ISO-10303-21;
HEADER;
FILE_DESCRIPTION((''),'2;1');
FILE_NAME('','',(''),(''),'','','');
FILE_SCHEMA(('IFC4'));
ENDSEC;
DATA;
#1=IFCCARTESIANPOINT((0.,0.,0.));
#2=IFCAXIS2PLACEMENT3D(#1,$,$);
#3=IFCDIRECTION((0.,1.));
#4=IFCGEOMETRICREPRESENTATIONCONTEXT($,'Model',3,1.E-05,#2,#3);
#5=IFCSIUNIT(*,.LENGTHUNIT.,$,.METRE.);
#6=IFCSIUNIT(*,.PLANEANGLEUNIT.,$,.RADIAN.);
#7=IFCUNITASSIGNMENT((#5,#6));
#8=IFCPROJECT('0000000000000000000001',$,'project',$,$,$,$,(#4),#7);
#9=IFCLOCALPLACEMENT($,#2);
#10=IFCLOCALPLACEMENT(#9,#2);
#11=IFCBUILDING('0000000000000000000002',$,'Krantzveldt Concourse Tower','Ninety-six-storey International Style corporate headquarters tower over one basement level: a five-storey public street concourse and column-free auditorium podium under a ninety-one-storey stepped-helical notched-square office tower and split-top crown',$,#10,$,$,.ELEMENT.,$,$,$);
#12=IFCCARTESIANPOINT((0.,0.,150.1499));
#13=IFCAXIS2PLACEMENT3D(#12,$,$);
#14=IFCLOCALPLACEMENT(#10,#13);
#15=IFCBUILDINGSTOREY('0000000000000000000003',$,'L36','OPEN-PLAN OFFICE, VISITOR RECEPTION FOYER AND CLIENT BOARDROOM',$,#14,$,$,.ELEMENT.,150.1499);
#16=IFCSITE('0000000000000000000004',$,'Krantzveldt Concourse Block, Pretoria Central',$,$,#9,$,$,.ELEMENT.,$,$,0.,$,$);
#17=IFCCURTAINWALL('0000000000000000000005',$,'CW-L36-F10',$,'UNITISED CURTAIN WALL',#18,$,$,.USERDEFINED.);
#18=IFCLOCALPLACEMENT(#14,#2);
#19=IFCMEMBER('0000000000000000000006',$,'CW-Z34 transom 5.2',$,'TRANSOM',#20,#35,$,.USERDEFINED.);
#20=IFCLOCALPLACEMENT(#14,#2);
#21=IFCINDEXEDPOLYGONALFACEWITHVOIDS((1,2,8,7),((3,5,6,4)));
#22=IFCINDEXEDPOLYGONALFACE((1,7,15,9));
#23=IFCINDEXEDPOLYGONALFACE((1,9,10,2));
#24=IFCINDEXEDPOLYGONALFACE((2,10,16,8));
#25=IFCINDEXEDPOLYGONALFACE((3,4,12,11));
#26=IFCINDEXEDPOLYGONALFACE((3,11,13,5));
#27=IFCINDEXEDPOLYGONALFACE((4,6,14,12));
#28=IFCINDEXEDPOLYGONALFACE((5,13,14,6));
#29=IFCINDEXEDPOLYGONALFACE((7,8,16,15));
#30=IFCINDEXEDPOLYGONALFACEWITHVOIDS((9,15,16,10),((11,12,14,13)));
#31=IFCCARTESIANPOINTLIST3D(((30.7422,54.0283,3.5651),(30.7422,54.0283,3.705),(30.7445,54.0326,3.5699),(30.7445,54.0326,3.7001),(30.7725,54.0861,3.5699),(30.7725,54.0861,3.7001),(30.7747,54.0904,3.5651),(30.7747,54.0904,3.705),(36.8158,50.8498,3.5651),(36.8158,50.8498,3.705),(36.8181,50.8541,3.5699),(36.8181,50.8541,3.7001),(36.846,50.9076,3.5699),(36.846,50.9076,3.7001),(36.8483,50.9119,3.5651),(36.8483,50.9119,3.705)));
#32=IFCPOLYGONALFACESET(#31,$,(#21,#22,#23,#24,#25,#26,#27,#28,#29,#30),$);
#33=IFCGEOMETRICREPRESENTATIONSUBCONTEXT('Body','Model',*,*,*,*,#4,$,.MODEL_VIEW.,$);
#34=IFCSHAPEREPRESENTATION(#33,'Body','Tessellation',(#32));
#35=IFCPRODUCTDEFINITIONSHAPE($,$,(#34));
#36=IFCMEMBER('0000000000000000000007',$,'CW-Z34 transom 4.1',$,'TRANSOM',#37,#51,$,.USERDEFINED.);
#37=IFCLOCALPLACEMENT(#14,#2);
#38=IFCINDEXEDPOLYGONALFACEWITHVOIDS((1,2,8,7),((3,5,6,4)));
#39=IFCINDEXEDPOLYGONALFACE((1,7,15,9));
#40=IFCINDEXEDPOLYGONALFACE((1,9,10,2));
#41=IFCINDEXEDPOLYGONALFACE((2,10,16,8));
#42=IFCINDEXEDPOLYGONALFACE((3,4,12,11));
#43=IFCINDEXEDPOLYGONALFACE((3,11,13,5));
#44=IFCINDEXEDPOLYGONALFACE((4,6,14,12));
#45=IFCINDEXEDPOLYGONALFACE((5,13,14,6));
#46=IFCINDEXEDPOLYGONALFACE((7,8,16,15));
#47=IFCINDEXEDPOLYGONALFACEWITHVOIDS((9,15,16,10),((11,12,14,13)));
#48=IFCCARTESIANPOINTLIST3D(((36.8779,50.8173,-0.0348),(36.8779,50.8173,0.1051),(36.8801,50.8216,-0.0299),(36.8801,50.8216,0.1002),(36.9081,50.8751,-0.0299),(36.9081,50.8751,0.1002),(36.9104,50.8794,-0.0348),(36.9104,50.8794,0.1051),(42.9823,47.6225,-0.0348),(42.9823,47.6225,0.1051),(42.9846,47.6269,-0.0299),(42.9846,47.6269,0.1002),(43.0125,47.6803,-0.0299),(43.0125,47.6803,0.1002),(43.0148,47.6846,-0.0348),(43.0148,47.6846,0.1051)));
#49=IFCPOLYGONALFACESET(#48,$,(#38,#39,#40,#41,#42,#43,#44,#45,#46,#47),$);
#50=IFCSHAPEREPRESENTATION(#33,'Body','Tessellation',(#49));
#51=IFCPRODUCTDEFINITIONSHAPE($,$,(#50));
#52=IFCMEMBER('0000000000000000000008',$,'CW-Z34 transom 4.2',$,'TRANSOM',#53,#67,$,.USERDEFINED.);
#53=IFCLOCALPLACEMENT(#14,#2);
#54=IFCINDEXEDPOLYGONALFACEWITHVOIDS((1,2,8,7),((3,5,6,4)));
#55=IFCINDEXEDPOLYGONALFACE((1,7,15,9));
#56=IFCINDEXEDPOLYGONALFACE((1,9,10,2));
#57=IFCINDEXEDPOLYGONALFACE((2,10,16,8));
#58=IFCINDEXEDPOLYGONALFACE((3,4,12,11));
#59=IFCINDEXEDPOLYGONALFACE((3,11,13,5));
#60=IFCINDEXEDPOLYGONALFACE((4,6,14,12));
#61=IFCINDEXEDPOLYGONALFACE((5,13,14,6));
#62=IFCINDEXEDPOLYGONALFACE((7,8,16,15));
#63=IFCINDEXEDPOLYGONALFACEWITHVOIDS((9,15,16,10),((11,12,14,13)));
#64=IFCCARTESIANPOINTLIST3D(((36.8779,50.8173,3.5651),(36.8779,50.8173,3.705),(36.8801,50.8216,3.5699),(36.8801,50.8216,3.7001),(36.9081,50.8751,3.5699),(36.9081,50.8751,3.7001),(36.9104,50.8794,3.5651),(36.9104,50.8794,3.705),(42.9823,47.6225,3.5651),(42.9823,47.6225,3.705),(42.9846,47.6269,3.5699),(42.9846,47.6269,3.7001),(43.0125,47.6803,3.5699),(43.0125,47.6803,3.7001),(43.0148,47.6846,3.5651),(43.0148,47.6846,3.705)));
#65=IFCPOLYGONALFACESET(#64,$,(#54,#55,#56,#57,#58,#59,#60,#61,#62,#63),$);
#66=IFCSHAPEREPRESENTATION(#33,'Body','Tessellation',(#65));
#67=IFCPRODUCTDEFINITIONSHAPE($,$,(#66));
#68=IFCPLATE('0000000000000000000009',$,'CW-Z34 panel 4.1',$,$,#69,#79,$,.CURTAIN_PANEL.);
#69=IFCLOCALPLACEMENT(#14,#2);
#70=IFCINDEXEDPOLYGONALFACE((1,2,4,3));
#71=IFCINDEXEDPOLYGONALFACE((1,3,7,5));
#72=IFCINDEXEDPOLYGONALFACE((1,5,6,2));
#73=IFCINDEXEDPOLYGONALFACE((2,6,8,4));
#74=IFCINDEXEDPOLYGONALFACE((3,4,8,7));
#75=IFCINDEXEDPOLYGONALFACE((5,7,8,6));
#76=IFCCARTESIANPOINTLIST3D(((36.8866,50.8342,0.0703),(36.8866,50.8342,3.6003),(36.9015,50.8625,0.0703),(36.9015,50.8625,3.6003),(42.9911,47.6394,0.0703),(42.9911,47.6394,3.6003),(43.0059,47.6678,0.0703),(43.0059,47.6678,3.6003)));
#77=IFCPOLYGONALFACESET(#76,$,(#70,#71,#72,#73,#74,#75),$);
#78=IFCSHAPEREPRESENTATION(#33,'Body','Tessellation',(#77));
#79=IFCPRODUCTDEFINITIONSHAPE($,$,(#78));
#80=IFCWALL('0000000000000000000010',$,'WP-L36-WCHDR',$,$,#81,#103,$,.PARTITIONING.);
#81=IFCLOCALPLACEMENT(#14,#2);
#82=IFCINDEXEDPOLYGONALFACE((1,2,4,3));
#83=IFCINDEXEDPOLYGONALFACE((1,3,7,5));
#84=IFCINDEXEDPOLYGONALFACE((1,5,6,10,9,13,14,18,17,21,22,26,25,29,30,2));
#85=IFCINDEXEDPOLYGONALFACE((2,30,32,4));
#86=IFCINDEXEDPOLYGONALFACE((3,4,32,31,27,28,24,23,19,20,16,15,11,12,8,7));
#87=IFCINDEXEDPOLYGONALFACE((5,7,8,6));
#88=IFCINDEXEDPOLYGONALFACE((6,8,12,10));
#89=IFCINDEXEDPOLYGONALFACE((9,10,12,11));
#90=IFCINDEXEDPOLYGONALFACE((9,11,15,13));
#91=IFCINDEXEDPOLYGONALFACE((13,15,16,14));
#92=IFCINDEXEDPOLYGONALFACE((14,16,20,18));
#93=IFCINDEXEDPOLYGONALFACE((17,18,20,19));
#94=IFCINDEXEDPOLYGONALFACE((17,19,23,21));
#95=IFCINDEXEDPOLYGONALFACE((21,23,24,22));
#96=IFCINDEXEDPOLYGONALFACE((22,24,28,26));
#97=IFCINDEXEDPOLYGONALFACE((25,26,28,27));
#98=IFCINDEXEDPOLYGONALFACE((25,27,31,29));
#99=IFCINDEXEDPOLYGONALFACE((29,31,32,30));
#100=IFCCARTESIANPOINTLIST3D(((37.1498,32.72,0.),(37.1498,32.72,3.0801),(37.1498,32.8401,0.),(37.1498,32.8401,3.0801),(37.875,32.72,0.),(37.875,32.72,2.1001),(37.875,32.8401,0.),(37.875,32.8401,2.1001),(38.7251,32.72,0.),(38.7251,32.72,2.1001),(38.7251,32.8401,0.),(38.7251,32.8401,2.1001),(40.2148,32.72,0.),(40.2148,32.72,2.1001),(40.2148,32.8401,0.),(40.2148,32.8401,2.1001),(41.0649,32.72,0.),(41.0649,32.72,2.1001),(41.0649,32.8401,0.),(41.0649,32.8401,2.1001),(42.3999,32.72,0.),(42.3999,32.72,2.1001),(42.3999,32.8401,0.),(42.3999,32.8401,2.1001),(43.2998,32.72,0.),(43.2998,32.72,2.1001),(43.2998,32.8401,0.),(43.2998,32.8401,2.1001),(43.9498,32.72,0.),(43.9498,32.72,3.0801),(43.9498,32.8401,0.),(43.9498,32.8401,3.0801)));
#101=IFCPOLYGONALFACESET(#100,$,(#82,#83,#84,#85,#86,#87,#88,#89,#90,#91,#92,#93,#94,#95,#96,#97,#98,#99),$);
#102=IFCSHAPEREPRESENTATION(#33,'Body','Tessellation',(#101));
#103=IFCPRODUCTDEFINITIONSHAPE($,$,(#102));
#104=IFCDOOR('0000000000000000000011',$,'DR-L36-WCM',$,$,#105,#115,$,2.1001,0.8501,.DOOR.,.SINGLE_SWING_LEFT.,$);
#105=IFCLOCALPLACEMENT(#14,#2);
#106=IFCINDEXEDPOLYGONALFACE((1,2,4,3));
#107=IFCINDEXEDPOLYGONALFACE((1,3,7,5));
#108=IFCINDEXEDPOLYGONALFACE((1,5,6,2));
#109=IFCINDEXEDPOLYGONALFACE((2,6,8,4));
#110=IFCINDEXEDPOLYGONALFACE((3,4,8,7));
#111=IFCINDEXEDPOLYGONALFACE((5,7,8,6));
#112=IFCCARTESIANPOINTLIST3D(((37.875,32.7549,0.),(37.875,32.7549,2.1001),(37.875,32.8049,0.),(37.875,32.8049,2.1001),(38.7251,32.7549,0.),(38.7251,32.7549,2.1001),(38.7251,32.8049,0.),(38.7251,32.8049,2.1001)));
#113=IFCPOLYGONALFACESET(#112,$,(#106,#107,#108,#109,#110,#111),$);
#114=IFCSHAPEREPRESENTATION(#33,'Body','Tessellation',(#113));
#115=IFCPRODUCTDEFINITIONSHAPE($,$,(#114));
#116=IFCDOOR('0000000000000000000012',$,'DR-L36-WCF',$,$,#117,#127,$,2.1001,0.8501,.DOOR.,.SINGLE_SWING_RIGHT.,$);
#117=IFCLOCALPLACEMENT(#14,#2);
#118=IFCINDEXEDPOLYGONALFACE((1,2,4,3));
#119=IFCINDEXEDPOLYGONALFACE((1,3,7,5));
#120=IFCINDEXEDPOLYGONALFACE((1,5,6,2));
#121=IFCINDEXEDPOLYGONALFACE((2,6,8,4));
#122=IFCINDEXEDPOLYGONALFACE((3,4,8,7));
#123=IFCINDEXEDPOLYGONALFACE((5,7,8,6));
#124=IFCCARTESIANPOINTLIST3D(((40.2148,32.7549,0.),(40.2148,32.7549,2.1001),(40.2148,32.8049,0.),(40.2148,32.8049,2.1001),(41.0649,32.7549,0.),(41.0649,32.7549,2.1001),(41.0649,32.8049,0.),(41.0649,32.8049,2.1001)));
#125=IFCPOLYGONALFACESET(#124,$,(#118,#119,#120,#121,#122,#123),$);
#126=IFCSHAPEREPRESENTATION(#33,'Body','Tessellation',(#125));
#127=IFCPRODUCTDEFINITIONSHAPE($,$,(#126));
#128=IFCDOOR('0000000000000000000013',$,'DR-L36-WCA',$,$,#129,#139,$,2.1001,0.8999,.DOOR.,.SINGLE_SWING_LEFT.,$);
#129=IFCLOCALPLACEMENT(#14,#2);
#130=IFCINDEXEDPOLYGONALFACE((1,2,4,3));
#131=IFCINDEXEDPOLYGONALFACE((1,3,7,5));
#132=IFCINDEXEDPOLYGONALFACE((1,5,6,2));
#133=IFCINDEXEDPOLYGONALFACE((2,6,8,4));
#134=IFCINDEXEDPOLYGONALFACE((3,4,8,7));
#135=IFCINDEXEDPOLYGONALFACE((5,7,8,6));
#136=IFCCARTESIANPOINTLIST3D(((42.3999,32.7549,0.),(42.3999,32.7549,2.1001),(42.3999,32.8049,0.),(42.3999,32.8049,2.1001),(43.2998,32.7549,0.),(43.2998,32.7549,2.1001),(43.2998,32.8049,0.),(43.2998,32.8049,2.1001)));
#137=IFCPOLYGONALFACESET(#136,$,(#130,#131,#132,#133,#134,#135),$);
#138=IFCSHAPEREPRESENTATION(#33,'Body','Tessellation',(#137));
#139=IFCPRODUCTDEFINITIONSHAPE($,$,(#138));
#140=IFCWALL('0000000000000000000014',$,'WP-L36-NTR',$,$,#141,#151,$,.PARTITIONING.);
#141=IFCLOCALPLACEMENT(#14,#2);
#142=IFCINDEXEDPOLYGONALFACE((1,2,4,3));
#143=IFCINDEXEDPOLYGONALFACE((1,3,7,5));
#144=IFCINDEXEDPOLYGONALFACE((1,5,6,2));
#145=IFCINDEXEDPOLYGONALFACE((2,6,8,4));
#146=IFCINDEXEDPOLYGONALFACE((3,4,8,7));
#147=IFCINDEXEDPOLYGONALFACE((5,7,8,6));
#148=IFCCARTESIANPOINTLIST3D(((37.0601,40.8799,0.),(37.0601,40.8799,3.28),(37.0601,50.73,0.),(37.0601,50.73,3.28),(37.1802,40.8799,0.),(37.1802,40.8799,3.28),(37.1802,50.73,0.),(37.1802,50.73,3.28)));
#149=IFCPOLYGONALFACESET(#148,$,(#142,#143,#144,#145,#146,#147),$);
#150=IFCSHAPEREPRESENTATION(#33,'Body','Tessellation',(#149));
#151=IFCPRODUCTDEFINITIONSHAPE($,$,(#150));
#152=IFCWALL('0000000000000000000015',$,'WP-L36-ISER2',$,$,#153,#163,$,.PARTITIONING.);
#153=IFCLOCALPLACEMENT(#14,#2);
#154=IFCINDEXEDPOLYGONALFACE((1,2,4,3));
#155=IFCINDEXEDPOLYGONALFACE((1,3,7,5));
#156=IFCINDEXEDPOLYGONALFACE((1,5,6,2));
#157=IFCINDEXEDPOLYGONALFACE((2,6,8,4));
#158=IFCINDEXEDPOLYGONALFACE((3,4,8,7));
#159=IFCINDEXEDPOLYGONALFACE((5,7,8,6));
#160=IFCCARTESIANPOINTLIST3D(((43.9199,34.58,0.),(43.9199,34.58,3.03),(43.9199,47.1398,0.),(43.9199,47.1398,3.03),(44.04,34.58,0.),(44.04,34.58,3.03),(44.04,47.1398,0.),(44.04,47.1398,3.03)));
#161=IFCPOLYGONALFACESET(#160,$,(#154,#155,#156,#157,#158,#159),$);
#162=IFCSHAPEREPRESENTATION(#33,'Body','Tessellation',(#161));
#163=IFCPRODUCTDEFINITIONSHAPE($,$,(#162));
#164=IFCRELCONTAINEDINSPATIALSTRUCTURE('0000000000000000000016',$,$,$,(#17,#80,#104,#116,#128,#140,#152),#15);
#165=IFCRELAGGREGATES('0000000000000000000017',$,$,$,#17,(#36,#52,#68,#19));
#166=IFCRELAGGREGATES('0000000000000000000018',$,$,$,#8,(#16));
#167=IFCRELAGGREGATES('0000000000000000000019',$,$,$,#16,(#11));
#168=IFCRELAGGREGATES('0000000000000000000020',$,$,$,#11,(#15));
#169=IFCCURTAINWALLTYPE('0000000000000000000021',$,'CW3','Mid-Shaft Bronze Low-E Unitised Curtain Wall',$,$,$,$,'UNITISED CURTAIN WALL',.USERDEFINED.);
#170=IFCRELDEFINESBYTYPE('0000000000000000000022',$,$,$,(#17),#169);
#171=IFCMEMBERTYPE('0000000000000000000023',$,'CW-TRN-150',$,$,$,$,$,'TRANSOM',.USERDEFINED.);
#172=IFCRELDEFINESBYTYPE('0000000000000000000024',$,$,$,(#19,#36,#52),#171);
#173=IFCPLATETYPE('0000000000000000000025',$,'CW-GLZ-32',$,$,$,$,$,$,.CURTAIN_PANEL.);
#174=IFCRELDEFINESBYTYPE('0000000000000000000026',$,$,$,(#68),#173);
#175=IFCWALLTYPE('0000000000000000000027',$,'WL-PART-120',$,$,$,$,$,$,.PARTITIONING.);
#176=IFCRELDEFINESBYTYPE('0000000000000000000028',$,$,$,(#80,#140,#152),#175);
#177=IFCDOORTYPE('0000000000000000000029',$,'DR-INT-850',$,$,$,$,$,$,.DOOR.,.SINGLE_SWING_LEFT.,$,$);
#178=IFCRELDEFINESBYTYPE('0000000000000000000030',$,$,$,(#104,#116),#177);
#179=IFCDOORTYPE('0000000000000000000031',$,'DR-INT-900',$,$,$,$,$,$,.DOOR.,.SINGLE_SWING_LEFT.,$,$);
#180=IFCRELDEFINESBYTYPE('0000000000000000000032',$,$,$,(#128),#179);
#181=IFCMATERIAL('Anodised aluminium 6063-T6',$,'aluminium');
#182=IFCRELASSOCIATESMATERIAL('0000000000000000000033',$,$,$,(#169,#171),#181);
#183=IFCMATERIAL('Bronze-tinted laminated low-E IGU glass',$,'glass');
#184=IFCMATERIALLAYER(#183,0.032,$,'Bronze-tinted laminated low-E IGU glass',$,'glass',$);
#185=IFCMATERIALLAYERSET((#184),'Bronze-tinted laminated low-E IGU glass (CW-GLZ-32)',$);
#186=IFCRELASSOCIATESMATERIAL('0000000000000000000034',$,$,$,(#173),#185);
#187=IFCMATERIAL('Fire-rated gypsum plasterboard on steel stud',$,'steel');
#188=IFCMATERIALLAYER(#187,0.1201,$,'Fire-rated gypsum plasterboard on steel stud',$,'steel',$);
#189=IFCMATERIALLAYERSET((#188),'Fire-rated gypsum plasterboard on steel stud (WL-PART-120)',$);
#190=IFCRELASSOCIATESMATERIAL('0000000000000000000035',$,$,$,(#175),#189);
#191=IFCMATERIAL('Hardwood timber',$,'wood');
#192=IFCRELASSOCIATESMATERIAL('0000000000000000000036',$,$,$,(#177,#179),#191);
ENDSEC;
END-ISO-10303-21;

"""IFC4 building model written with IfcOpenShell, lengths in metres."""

from ifc_helpers import new_model, si_unit, direction, frame, frame_2d, origin, origin_2d, place, context, subcontext, project, spatial, rectangle, hollow_rectangle, extrude, source, transform, mapped, material, layer, layer_set, material_profile, profile_set, type_object, type_shapes, element, fill, aggregate, save


model = new_model("IFC4")

# Units and contexts
model_context = context("Model", 3, precision=1e-05, world=origin(), true_north=direction((0.0, 1.0)))
body_context = subcontext(model_context, "Body", "Model", "MODEL_VIEW")
ifc_project = project(units=[si_unit("LENGTHUNIT", "METRE"), si_unit("PLANEANGLEUNIT", "RADIAN")], contexts=[model_context])

# Site, building, storey
site_placement = place(None, origin())
site = spatial("IfcSite", under=ifc_project, at=site_placement, Name="Krantzveldt Concourse Block, Pretoria Central", CompositionType="ELEMENT", RefElevation=0.0)
building_placement = place(site_placement, origin())
building = spatial("IfcBuilding", under=site, at=building_placement, Name="Krantzveldt Concourse Tower", Description="Ninety-six-storey International Style corporate headquarters tower over one basement level: a five-storey public street concourse and column-free auditorium podium under a ninety-one-storey stepped-helical notched-square office tower and split-top crown", CompositionType="ELEMENT")
storey_placement = place(building_placement, frame((0.0, 0.0, 150.1499)))
storey = spatial("IfcBuildingStorey", under=building, at=storey_placement, Name="L36", Description="OPEN-PLAN OFFICE, VISITOR RECEPTION FOYER AND CLIENT BOARDROOM", CompositionType="ELEMENT", Elevation=150.1499)

# Curtain wall, members, plate
ifc_material_1 = material(Name="Anodised aluminium 6063-T6", Category="aluminium")
curtain_wall_type = type_object("IfcCurtainWallType", Name="CW3", Description="Mid-Shaft Bronze Low-E Unitised Curtain Wall", ElementType="UNITISED CURTAIN WALL", PredefinedType="USERDEFINED", material=ifc_material_1)
curtain_wall_placement = place(storey_placement, origin())
curtain_wall = element("IfcCurtainWall", 1, at=curtain_wall_placement, inside=storey, type_object=curtain_wall_type, Name="CW-L36-F10", ObjectType="UNITISED CURTAIN WALL", PredefinedType="USERDEFINED")
ifc_material_profile_1 = material_profile(ifc_material_1, hollow_rectangle(XDim=0.0701, YDim=0.1399, WallThickness=0.0049, at=origin_2d()), Name="Anodised aluminium 6063-T6", Category="aluminium")
ifc_profile_set_1 = profile_set([ifc_material_profile_1], Name="Anodised aluminium 6063-T6 - ALU-TRAN 140x70x5")
member_type_1 = type_object("IfcMemberType", Name="CW-TRN-150", ElementType="TRANSOM", PredefinedType="USERDEFINED", material=ifc_profile_set_1)
shared_shape_1 = source(origin(), body_context, "Body", "SweptSolid", [
    extrude(hollow_rectangle(XDim=0.0701, YDim=0.1399, WallThickness=0.0049, at=origin_2d()), origin(), (0.0, 0.0, 1.0), 6.855),
])
member_1_placement = place(storey_placement, frame((36.832, 50.8809, 3.635), z_axis=(-0.886004, 0.463677, 0.0), x_axis=(-0.463677, -0.886004, 0.0)))
member_1 = element("IfcMember", 2, at=member_1_placement, type_object=member_type_1, Name="CW-Z34 transom 5.2", ObjectType="TRANSOM", PredefinedType="USERDEFINED", context=body_context, shape_type="MappedRepresentation", body=[
    mapped(shared_shape_1, transform((0.0, 0.0, 0.0), x_axis=(1.0, 0.0, 0.0), y_axis=(0.0, 1.0, 0.0), z_axis=(0.0, 0.0, 1.0), scale=1.0)),
])
shared_shape_2 = source(origin(), body_context, "Body", "SweptSolid", [
    extrude(hollow_rectangle(XDim=0.0701, YDim=0.1399, WallThickness=0.0049, at=origin_2d()), origin(), (0.0, 0.0, 1.0), 6.8899),
])
type_shapes(member_type_1, [shared_shape_1, shared_shape_2])
member_2_placement = place(storey_placement, frame((42.9985, 47.6536, 0.0352), z_axis=(-0.885997, 0.463692, 0.0), x_axis=(-0.463692, -0.885997, 0.0)))
member_2 = element("IfcMember", 3, at=member_2_placement, type_object=member_type_1, Name="CW-Z34 transom 4.1", ObjectType="TRANSOM", PredefinedType="USERDEFINED", context=body_context, shape_type="MappedRepresentation", body=[
    mapped(shared_shape_2, transform((0.0, 0.0, 0.0), x_axis=(1.0, 0.0, 0.0), y_axis=(0.0, 1.0, 0.0), z_axis=(0.0, 0.0, 1.0), scale=1.0)),
])
member_3_placement = place(storey_placement, frame((42.9985, 47.6536, 3.635), z_axis=(-0.885997, 0.463692, 0.0), x_axis=(-0.463692, -0.885997, 0.0)))
member_3 = element("IfcMember", 4, at=member_3_placement, type_object=member_type_1, Name="CW-Z34 transom 4.2", ObjectType="TRANSOM", PredefinedType="USERDEFINED", context=body_context, shape_type="MappedRepresentation", body=[
    mapped(shared_shape_2, transform((0.0, 0.0, 0.0), x_axis=(1.0, 0.0, 0.0), y_axis=(0.0, 1.0, 0.0), z_axis=(0.0, 0.0, 1.0), scale=1.0)),
])
ifc_material_2 = material(Name="Bronze-tinted laminated low-E IGU glass", Category="glass")
ifc_layer_1 = layer(ifc_material_2, 0.032, Name="Bronze-tinted laminated low-E IGU glass", Category="glass")
ifc_layer_set_1 = layer_set([ifc_layer_1], Name="Bronze-tinted laminated low-E IGU glass (CW-GLZ-32)")
plate_type = type_object("IfcPlateType", Name="CW-GLZ-32", PredefinedType="CURTAIN_PANEL", material=ifc_layer_set_1)
shared_shape_3 = source(origin(), body_context, "Body", "SweptSolid", [
    extrude(rectangle(XDim=6.8899, YDim=0.032, at=origin_2d()), origin(), (0.0, 0.0, 1.0), 3.53),
])
type_shapes(plate_type, [shared_shape_3])
plate_placement = place(storey_placement, frame((39.9463, 49.251, 0.0703), z_axis=(0.0, 0.0, 1.0), x_axis=(-0.886001, 0.463683, 0.0)))
plate = element("IfcPlate", 5, at=plate_placement, type_object=plate_type, Name="CW-Z34 panel 4.1", PredefinedType="CURTAIN_PANEL", context=body_context, shape_type="MappedRepresentation", body=[
    mapped(shared_shape_3, transform((0.0, 0.0, 0.0), x_axis=(1.0, 0.0, 0.0), y_axis=(0.0, 1.0, 0.0), z_axis=(0.0, 0.0, 1.0), scale=1.0)),
])
aggregate(curtain_wall, [member_2, member_3, plate, member_1])

# Wall, openings, doors
ifc_material_3 = material(Name="Fire-rated gypsum plasterboard on steel stud", Category="steel")
ifc_layer_2 = layer(ifc_material_3, 0.1201, Name="Fire-rated gypsum plasterboard on steel stud", Category="steel")
ifc_layer_set_2 = layer_set([ifc_layer_2], Name="Fire-rated gypsum plasterboard on steel stud (WL-PART-120)")
wall_type_1 = type_object("IfcWallType", Name="WL-PART-120", PredefinedType="PARTITIONING", material=ifc_layer_set_2)
wall_1_placement = place(storey_placement, frame((37.1499, 32.78, 0.0), z_axis=(0.0, 0.0, 1.0), x_axis=(1.0, 0.0, 0.0)))
wall_1 = element("IfcWall", 6, at=wall_1_placement, inside=storey, type_object=wall_type_1, Name="WP-L36-WCHDR", PredefinedType="PARTITIONING", context=body_context, shape_type="SweptSolid", body=[
    extrude(rectangle(XDim=6.8, YDim=0.1201, at=frame_2d((3.3999, 0.0))), origin(), (0.0, 0.0, 1.0), 3.0801),
])
opening_1_placement = place(wall_1_placement, frame((0.7251, 0.0, 0.0)))
opening_1 = element("IfcOpeningElement", 7, at=opening_1_placement, cuts=wall_1, PredefinedType="OPENING", context=body_context, shape_type="SweptSolid", body=[
    extrude(rectangle(XDim=0.8501, YDim=2.1001, at=frame_2d((0.425, 1.05))), frame((0.0, 0.0701, 0.0), z_axis=(0.0, -1.0, 0.0), x_axis=(1.0, 0.0, 0.0)), (0.0, 0.0, 1.0), 0.1401),
])
opening_2_placement = place(wall_1_placement, frame((3.0649, 0.0, 0.0)))
opening_2 = element("IfcOpeningElement", 8, at=opening_2_placement, cuts=wall_1, PredefinedType="OPENING", context=body_context, shape_type="SweptSolid", body=[
    extrude(rectangle(XDim=0.8501, YDim=2.1001, at=frame_2d((0.425, 1.05))), frame((0.0, 0.0701, 0.0), z_axis=(0.0, -1.0, 0.0), x_axis=(1.0, 0.0, 0.0)), (0.0, 0.0, 1.0), 0.1401),
])
opening_3_placement = place(wall_1_placement, frame((5.25, 0.0, 0.0)))
opening_3 = element("IfcOpeningElement", 9, at=opening_3_placement, cuts=wall_1, PredefinedType="OPENING", context=body_context, shape_type="SweptSolid", body=[
    extrude(rectangle(XDim=0.8999, YDim=2.1001, at=frame_2d((0.45, 1.05))), frame((0.0, 0.0701, 0.0), z_axis=(0.0, -1.0, 0.0), x_axis=(1.0, 0.0, 0.0)), (0.0, 0.0, 1.0), 0.1401),
])
ifc_material_4 = material(Name="Hardwood timber", Category="wood")
door_type_1 = type_object("IfcDoorType", Name="DR-INT-850", OperationType="SINGLE_SWING_LEFT", PredefinedType="DOOR", material=ifc_material_4)
door_1_placement = place(opening_1_placement, origin())
door_1 = element("IfcDoor", 10, at=door_1_placement, inside=storey, type_object=door_type_1, Name="DR-L36-WCM", OperationType="SINGLE_SWING_LEFT", OverallHeight=2.1001, OverallWidth=0.8501, PredefinedType="DOOR", context=body_context, shape_type="SweptSolid", body=[
    extrude(rectangle(XDim=0.8501, YDim=2.1001, at=frame_2d((0.425, 1.05))), frame((0.0, 0.0249, 0.0), z_axis=(0.0, -1.0, 0.0), x_axis=(1.0, 0.0, 0.0)), (0.0, 0.0, 1.0), 0.05),
])
fill(opening_1, door_1)
door_2_placement = place(opening_2_placement, origin())
door_2 = element("IfcDoor", 11, at=door_2_placement, inside=storey, type_object=door_type_1, Name="DR-L36-WCF", OperationType="SINGLE_SWING_RIGHT", OverallHeight=2.1001, OverallWidth=0.8501, PredefinedType="DOOR", context=body_context, shape_type="SweptSolid", body=[
    extrude(rectangle(XDim=0.8501, YDim=2.1001, at=frame_2d((0.425, 1.05))), frame((0.0, 0.0249, 0.0), z_axis=(0.0, -1.0, 0.0), x_axis=(1.0, 0.0, 0.0)), (0.0, 0.0, 1.0), 0.05),
])
fill(opening_2, door_2)
door_type_2 = type_object("IfcDoorType", Name="DR-INT-900", OperationType="SINGLE_SWING_LEFT", PredefinedType="DOOR", material=ifc_material_4)
door_3_placement = place(opening_3_placement, origin())
door_3 = element("IfcDoor", 12, at=door_3_placement, inside=storey, type_object=door_type_2, Name="DR-L36-WCA", OperationType="SINGLE_SWING_LEFT", OverallHeight=2.1001, OverallWidth=0.8999, PredefinedType="DOOR", context=body_context, shape_type="SweptSolid", body=[
    extrude(rectangle(XDim=0.8999, YDim=2.1001, at=frame_2d((0.45, 1.05))), frame((0.0, 0.0249, 0.0), z_axis=(0.0, -1.0, 0.0), x_axis=(1.0, 0.0, 0.0)), (0.0, 0.0, 1.0), 0.05),
])
fill(opening_3, door_3)

# Walls
wall_2_placement = place(storey_placement, frame((37.1201, 40.8799, 0.0), z_axis=(0.0, 0.0, 1.0), x_axis=(0.0, 1.0, 0.0)))
element("IfcWall", 13, at=wall_2_placement, inside=storey, type_object=wall_type_1, Name="WP-L36-NTR", PredefinedType="PARTITIONING", context=body_context, shape_type="SweptSolid", body=[
    extrude(rectangle(XDim=9.8501, YDim=0.1201, at=frame_2d((4.925, 0.0))), origin(), (0.0, 0.0, 1.0), 3.28),
])
wall_3_placement = place(storey_placement, frame((43.98, 34.5801, 0.0), z_axis=(0.0, 0.0, 1.0), x_axis=(0.0, 1.0, 0.0)))
element("IfcWall", 14, at=wall_3_placement, inside=storey, type_object=wall_type_1, Name="WP-L36-ISER2", PredefinedType="PARTITIONING", context=body_context, shape_type="SweptSolid", body=[
    extrude(rectangle(XDim=12.5598, YDim=0.1201, at=frame_2d((6.2798, 0.0))), origin(), (0.0, 0.0, 1.0), 3.03),
])

save(model, "model.ifc")
